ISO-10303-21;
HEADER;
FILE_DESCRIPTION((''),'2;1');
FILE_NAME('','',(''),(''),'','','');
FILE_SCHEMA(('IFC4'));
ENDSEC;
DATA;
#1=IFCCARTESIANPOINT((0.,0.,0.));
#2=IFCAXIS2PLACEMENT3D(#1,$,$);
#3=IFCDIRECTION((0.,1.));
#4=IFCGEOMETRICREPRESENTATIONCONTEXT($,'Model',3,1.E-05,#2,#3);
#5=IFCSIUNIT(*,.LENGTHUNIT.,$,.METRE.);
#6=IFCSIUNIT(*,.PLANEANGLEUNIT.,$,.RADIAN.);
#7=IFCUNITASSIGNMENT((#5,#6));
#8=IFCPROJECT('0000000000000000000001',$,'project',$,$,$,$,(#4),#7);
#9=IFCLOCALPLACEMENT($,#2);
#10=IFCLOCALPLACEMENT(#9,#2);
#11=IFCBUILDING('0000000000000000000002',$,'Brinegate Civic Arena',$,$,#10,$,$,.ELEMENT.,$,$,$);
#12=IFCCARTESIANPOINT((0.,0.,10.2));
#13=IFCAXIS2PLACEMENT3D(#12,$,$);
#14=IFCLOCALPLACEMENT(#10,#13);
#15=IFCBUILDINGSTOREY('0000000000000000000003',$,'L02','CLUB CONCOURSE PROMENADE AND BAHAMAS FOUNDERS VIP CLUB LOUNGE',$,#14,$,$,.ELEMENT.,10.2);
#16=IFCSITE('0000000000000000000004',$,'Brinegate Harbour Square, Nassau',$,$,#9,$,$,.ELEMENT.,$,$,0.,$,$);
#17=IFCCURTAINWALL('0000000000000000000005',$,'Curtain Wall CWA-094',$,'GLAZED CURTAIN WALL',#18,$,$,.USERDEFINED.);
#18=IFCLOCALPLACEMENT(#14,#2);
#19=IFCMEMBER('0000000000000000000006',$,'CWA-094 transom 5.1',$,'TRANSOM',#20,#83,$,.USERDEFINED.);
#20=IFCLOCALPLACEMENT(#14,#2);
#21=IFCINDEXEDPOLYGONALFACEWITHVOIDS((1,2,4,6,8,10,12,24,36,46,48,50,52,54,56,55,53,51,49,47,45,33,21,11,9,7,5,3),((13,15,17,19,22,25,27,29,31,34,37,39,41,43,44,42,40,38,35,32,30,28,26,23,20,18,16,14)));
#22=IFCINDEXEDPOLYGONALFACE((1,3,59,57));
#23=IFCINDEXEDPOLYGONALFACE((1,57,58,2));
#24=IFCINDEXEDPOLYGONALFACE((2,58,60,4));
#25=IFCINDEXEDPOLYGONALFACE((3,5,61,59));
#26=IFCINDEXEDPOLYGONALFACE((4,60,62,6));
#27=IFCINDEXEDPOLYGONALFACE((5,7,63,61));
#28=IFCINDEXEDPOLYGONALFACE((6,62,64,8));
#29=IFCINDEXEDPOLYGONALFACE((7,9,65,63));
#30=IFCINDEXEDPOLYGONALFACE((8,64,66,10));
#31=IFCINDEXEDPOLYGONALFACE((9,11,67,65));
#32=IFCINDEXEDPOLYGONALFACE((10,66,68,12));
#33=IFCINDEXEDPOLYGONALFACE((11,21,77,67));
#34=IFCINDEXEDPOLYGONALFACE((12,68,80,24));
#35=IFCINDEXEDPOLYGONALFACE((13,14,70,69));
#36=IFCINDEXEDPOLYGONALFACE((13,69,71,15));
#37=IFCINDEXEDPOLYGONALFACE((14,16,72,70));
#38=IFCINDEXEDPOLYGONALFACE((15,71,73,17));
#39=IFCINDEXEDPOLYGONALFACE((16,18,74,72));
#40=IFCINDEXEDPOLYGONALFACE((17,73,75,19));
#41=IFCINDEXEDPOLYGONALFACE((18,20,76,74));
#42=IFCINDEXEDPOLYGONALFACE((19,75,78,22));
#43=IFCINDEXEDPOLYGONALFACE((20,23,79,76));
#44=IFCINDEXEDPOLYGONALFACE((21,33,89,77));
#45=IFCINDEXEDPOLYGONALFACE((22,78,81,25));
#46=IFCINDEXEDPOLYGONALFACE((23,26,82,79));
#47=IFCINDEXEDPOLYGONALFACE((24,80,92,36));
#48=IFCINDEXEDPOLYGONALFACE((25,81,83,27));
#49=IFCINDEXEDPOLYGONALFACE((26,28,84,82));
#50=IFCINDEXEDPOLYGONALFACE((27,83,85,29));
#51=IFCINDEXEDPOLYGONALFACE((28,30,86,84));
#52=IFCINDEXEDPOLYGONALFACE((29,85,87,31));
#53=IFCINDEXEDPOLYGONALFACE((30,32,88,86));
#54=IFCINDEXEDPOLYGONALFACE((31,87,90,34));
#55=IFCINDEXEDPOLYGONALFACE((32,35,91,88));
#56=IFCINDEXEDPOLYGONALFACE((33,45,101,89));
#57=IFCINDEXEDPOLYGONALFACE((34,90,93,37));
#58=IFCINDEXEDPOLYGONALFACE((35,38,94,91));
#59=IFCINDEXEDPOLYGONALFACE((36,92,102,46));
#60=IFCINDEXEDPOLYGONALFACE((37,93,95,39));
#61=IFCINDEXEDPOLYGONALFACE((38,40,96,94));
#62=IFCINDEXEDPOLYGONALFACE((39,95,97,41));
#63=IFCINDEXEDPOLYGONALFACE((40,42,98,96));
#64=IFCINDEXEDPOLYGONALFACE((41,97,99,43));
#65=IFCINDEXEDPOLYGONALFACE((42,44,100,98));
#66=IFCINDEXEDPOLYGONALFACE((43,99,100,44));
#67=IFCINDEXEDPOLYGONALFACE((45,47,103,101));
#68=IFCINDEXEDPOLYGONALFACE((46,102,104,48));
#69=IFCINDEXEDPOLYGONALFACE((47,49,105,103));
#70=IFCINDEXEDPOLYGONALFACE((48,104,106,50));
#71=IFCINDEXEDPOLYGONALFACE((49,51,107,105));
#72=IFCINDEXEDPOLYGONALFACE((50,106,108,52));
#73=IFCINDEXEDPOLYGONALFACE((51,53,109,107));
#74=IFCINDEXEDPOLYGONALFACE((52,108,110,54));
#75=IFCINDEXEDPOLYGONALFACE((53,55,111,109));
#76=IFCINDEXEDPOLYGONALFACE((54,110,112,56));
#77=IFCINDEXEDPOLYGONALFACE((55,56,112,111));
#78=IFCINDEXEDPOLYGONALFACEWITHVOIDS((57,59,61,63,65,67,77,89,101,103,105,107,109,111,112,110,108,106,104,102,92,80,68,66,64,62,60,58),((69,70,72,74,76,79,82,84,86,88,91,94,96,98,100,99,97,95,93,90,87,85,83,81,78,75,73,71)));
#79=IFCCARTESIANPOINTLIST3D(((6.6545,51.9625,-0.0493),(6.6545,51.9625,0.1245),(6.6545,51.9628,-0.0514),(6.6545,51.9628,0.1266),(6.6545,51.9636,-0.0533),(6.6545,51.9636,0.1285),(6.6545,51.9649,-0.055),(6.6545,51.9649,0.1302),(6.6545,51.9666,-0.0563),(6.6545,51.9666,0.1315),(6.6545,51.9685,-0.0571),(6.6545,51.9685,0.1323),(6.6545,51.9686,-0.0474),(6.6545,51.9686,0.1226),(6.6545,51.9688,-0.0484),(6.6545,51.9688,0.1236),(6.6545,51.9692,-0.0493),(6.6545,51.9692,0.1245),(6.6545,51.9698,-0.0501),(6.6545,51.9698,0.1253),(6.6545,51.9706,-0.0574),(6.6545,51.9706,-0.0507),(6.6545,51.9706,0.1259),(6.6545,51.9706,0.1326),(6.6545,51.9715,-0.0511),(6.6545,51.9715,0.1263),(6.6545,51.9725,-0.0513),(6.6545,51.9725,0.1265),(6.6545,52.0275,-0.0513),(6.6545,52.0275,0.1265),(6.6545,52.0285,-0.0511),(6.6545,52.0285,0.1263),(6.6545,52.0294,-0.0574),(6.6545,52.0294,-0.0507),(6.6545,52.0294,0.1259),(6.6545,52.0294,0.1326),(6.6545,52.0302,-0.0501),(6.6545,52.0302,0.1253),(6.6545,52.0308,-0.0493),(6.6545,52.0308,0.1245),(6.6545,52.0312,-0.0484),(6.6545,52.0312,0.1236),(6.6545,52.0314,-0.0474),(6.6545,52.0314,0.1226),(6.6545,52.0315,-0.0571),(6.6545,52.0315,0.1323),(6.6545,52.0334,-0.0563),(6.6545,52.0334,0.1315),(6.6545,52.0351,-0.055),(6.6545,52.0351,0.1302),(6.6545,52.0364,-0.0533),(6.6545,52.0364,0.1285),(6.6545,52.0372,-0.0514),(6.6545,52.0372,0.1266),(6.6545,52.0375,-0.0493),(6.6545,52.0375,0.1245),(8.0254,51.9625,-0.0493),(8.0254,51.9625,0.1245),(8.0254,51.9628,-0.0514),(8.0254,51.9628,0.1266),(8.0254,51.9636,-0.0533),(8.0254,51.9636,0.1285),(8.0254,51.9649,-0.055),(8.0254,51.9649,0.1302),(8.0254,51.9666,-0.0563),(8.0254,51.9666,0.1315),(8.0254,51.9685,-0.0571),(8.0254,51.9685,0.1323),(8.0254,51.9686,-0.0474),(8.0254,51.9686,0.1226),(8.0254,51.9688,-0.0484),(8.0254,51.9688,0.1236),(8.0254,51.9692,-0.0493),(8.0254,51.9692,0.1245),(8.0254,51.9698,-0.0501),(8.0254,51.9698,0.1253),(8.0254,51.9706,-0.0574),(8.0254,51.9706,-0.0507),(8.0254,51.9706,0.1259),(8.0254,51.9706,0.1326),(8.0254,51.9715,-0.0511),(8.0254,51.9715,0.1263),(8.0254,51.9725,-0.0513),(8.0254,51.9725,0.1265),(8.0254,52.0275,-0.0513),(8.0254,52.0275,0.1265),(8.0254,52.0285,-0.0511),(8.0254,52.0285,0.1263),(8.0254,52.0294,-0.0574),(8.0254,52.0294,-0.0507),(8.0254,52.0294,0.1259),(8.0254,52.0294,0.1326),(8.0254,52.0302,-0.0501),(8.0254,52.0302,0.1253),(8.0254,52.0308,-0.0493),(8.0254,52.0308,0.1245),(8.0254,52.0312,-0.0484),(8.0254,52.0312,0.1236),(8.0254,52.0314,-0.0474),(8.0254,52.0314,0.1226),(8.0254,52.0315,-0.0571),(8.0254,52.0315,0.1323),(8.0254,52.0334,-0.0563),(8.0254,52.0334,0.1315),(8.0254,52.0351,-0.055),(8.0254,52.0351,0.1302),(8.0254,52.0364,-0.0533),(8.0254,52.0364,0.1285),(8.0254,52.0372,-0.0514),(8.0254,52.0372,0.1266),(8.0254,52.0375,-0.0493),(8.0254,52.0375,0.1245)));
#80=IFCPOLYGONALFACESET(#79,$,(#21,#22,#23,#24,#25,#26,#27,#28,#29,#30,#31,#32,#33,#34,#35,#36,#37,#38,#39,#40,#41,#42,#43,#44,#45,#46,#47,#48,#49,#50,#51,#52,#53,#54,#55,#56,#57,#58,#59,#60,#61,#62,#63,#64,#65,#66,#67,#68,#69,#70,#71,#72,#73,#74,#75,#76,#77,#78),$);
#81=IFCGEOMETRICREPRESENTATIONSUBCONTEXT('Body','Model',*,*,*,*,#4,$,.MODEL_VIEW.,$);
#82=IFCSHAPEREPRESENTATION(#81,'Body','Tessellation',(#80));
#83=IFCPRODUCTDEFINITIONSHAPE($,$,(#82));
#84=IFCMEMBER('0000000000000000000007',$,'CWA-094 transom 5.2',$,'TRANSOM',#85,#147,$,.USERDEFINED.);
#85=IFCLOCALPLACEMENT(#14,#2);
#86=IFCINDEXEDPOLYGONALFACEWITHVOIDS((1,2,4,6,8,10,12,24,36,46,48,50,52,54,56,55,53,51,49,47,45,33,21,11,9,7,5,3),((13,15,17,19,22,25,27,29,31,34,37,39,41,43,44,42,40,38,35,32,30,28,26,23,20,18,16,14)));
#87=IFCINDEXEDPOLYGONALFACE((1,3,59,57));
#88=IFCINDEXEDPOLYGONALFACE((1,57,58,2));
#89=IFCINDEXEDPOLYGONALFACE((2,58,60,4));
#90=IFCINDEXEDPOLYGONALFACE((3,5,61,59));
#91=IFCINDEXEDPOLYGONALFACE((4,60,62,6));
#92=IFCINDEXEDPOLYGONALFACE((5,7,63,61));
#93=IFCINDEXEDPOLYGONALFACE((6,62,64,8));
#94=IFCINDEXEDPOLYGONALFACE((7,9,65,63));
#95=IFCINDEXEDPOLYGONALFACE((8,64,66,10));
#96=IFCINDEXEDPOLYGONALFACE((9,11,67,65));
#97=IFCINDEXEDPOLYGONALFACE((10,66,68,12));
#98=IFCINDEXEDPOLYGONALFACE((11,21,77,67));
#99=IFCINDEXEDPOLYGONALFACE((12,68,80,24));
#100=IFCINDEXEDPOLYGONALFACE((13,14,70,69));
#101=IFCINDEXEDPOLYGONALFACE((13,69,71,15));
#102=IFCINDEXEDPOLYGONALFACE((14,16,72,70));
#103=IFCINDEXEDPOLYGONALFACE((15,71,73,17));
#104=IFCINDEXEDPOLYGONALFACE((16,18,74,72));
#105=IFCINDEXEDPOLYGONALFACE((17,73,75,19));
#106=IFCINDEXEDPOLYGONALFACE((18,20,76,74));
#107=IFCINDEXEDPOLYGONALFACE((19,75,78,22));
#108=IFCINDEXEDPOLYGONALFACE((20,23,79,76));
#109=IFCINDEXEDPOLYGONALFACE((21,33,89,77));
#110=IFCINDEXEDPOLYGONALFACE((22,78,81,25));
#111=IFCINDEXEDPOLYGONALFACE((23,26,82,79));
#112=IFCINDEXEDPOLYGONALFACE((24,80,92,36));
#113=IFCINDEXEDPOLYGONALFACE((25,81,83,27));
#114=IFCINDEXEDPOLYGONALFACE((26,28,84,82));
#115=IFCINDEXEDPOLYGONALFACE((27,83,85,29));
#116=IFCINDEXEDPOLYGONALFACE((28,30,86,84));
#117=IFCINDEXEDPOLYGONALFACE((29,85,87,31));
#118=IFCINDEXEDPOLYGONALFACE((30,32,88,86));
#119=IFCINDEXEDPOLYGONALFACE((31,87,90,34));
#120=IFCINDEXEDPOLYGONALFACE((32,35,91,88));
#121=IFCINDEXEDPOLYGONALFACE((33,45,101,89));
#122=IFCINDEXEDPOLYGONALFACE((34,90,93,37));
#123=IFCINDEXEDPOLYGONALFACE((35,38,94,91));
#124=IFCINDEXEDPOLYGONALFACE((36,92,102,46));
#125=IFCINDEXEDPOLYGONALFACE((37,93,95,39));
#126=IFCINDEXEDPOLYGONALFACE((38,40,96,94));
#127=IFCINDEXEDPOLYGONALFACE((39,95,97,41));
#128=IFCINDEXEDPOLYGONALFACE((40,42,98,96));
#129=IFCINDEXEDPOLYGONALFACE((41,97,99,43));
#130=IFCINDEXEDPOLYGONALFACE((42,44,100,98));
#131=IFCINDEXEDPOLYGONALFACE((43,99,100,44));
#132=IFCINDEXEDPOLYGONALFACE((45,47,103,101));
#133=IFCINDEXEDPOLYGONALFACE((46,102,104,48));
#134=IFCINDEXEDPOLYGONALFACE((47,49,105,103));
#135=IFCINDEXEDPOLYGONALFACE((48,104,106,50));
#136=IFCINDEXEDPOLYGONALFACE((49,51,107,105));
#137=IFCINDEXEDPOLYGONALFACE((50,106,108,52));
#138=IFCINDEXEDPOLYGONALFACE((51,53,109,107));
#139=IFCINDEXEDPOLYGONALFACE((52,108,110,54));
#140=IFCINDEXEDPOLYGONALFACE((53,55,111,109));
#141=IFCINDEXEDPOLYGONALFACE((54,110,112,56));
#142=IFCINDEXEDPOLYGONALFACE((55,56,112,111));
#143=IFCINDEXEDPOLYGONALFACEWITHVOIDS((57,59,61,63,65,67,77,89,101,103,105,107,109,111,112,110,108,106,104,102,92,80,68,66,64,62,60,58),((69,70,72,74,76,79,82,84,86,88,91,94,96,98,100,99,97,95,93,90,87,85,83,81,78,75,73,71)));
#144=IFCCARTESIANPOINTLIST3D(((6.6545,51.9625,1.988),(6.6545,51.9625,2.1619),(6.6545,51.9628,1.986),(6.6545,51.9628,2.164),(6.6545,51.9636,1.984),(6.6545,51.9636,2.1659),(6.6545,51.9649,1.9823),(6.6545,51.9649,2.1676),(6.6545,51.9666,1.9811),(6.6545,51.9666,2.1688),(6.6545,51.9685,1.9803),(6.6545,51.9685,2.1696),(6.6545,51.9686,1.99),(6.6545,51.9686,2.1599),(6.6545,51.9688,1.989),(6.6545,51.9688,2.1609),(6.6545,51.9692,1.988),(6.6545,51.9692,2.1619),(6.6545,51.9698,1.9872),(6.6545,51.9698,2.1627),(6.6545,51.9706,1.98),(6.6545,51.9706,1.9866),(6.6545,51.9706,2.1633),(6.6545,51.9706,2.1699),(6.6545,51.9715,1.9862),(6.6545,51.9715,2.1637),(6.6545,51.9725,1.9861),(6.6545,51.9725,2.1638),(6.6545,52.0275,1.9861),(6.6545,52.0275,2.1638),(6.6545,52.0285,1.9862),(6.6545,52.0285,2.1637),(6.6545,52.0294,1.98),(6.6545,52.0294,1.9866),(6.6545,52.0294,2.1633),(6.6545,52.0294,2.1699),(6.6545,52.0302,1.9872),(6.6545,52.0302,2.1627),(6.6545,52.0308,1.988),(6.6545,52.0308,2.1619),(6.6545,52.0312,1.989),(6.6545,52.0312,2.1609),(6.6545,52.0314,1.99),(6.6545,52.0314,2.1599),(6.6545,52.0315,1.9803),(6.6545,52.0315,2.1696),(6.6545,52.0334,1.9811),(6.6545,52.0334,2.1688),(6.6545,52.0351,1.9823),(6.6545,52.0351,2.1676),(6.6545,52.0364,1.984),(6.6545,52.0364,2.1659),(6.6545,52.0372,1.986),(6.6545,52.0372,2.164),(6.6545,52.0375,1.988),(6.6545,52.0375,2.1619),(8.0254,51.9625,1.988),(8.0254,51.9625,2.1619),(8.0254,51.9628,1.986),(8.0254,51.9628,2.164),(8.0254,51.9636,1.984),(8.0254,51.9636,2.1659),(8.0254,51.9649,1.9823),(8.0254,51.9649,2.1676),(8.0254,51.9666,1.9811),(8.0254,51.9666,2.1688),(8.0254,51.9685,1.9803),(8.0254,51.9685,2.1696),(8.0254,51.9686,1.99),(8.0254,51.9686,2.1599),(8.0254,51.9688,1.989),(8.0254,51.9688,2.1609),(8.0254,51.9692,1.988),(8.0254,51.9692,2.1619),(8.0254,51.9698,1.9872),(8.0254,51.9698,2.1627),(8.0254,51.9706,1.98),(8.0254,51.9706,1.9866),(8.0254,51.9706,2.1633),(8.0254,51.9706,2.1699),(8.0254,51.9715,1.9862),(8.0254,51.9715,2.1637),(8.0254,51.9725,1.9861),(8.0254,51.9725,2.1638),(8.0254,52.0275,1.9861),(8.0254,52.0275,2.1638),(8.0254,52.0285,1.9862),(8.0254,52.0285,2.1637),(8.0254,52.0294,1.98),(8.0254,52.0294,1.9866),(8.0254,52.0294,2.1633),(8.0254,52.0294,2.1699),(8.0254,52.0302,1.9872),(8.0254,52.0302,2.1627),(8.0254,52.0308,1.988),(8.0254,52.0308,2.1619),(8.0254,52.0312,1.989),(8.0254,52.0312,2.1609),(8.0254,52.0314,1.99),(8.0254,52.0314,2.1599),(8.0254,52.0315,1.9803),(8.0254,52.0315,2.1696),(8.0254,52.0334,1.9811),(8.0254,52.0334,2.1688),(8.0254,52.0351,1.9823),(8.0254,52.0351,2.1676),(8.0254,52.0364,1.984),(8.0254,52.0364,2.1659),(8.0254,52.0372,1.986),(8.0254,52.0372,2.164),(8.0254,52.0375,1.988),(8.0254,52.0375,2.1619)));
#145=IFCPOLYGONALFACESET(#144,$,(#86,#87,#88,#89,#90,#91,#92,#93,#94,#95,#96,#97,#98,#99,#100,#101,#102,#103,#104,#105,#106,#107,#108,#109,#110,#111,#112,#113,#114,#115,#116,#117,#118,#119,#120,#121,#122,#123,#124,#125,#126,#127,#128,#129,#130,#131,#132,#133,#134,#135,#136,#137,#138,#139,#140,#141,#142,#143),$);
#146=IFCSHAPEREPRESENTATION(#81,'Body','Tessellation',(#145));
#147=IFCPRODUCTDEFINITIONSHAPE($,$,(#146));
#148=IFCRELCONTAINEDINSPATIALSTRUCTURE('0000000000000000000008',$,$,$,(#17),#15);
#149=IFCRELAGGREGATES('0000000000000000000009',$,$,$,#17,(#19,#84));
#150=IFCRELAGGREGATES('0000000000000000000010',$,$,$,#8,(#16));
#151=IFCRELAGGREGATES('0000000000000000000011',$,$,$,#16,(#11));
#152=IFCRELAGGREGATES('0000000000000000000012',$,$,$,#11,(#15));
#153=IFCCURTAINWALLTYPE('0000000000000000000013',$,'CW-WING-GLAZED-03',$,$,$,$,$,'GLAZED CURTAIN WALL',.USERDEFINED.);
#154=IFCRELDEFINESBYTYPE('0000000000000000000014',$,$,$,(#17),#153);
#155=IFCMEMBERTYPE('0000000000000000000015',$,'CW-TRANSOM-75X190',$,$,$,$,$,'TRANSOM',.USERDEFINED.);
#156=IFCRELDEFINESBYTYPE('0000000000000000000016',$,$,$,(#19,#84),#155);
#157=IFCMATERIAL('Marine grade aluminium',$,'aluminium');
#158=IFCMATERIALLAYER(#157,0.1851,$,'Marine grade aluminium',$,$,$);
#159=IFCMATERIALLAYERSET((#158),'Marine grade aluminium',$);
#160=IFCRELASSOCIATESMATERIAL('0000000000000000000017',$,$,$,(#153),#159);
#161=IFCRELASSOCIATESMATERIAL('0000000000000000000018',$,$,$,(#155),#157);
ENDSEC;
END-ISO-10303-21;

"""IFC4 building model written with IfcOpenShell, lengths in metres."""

from ifc_helpers import new_model, si_unit, direction, frame, origin, origin_2d, place, context, subcontext, project, spatial, hollow_rectangle, extrude, material, layer, layer_set, material_profile, profile_set, type_object, element, aggregate, save


model = new_model("IFC4")

# Units and contexts
model_context = context("Model", 3, precision=1e-05, world=origin(), true_north=direction((0.0, 1.0)))
body_context = subcontext(model_context, "Body", "Model", "MODEL_VIEW")
ifc_project = project(units=[si_unit("LENGTHUNIT", "METRE"), si_unit("PLANEANGLEUNIT", "RADIAN")], contexts=[model_context])

# Site, building, storey
site_placement = place(None, origin())
site = spatial("IfcSite", under=ifc_project, at=site_placement, Name="Brinegate Harbour Square, Nassau", CompositionType="ELEMENT", RefElevation=0.0)
building_placement = place(site_placement, origin())
building = spatial("IfcBuilding", under=site, at=building_placement, Name="Brinegate Civic Arena", CompositionType="ELEMENT")
storey_placement = place(building_placement, frame((0.0, 0.0, 10.2)))
storey = spatial("IfcBuildingStorey", under=building, at=storey_placement, Name="L02", Description="CLUB CONCOURSE PROMENADE AND BAHAMAS FOUNDERS VIP CLUB LOUNGE", CompositionType="ELEMENT", Elevation=10.2)

# Curtain wall, members
ifc_material_1 = material(Name="Marine grade aluminium", Category="aluminium")
ifc_layer_1 = layer(ifc_material_1, 0.1851, Name="Marine grade aluminium")
ifc_layer_set_1 = layer_set([ifc_layer_1], Name="Marine grade aluminium")
curtain_wall_type = type_object("IfcCurtainWallType", Name="CW-WING-GLAZED-03", ElementType="GLAZED CURTAIN WALL", PredefinedType="USERDEFINED", material=ifc_layer_set_1)
curtain_wall_placement = place(storey_placement, origin())
curtain_wall = element("IfcCurtainWall", 1, at=curtain_wall_placement, inside=storey, type_object=curtain_wall_type, Name="Curtain Wall CWA-094", ObjectType="GLAZED CURTAIN WALL", PredefinedType="USERDEFINED")
ifc_material_profile_1 = material_profile(ifc_material_1, hollow_rectangle(XDim=0.075, YDim=0.1899, WallThickness=0.0061, InnerFilletRadius=0.0039, OuterFilletRadius=0.0081, at=origin_2d()), Name="TRN75X190")
ifc_profile_set_1 = profile_set([ifc_material_profile_1], Name="Marine grade aluminium")
member_type_1 = type_object("IfcMemberType", Name="CW-TRANSOM-75X190", ElementType="TRANSOM", PredefinedType="USERDEFINED", material=ifc_profile_set_1)
member_1_placement = place(storey_placement, frame((6.6545, 52.0, 0.0376), z_axis=(1.0, 0.0, 0.0), x_axis=(0.0, 1.0, 0.0)))
member_1 = element("IfcMember", 2, at=member_1_placement, type_object=member_type_1, Name="CWA-094 transom 5.1", ObjectType="TRANSOM", PredefinedType="USERDEFINED", context=body_context, shape_type="SweptSolid", body=[
    extrude(hollow_rectangle(XDim=0.075, YDim=0.1899, WallThickness=0.0061, InnerFilletRadius=0.0039, OuterFilletRadius=0.0081, at=origin_2d()), origin(), (0.0, 0.0, 1.0), 1.3708),
])
member_2_placement = place(storey_placement, frame((6.6545, 52.0, 2.075), z_axis=(1.0, 0.0, 0.0), x_axis=(0.0, 1.0, 0.0)))
member_2 = element("IfcMember", 3, at=member_2_placement, type_object=member_type_1, Name="CWA-094 transom 5.2", ObjectType="TRANSOM", PredefinedType="USERDEFINED", context=body_context, shape_type="SweptSolid", body=[
    extrude(hollow_rectangle(XDim=0.075, YDim=0.1899, WallThickness=0.0061, InnerFilletRadius=0.0039, OuterFilletRadius=0.0081, at=origin_2d()), origin(), (0.0, 0.0, 1.0), 1.3708),
])

aggregate(curtain_wall, [member_1, member_2])

save(model, "model.ifc")
